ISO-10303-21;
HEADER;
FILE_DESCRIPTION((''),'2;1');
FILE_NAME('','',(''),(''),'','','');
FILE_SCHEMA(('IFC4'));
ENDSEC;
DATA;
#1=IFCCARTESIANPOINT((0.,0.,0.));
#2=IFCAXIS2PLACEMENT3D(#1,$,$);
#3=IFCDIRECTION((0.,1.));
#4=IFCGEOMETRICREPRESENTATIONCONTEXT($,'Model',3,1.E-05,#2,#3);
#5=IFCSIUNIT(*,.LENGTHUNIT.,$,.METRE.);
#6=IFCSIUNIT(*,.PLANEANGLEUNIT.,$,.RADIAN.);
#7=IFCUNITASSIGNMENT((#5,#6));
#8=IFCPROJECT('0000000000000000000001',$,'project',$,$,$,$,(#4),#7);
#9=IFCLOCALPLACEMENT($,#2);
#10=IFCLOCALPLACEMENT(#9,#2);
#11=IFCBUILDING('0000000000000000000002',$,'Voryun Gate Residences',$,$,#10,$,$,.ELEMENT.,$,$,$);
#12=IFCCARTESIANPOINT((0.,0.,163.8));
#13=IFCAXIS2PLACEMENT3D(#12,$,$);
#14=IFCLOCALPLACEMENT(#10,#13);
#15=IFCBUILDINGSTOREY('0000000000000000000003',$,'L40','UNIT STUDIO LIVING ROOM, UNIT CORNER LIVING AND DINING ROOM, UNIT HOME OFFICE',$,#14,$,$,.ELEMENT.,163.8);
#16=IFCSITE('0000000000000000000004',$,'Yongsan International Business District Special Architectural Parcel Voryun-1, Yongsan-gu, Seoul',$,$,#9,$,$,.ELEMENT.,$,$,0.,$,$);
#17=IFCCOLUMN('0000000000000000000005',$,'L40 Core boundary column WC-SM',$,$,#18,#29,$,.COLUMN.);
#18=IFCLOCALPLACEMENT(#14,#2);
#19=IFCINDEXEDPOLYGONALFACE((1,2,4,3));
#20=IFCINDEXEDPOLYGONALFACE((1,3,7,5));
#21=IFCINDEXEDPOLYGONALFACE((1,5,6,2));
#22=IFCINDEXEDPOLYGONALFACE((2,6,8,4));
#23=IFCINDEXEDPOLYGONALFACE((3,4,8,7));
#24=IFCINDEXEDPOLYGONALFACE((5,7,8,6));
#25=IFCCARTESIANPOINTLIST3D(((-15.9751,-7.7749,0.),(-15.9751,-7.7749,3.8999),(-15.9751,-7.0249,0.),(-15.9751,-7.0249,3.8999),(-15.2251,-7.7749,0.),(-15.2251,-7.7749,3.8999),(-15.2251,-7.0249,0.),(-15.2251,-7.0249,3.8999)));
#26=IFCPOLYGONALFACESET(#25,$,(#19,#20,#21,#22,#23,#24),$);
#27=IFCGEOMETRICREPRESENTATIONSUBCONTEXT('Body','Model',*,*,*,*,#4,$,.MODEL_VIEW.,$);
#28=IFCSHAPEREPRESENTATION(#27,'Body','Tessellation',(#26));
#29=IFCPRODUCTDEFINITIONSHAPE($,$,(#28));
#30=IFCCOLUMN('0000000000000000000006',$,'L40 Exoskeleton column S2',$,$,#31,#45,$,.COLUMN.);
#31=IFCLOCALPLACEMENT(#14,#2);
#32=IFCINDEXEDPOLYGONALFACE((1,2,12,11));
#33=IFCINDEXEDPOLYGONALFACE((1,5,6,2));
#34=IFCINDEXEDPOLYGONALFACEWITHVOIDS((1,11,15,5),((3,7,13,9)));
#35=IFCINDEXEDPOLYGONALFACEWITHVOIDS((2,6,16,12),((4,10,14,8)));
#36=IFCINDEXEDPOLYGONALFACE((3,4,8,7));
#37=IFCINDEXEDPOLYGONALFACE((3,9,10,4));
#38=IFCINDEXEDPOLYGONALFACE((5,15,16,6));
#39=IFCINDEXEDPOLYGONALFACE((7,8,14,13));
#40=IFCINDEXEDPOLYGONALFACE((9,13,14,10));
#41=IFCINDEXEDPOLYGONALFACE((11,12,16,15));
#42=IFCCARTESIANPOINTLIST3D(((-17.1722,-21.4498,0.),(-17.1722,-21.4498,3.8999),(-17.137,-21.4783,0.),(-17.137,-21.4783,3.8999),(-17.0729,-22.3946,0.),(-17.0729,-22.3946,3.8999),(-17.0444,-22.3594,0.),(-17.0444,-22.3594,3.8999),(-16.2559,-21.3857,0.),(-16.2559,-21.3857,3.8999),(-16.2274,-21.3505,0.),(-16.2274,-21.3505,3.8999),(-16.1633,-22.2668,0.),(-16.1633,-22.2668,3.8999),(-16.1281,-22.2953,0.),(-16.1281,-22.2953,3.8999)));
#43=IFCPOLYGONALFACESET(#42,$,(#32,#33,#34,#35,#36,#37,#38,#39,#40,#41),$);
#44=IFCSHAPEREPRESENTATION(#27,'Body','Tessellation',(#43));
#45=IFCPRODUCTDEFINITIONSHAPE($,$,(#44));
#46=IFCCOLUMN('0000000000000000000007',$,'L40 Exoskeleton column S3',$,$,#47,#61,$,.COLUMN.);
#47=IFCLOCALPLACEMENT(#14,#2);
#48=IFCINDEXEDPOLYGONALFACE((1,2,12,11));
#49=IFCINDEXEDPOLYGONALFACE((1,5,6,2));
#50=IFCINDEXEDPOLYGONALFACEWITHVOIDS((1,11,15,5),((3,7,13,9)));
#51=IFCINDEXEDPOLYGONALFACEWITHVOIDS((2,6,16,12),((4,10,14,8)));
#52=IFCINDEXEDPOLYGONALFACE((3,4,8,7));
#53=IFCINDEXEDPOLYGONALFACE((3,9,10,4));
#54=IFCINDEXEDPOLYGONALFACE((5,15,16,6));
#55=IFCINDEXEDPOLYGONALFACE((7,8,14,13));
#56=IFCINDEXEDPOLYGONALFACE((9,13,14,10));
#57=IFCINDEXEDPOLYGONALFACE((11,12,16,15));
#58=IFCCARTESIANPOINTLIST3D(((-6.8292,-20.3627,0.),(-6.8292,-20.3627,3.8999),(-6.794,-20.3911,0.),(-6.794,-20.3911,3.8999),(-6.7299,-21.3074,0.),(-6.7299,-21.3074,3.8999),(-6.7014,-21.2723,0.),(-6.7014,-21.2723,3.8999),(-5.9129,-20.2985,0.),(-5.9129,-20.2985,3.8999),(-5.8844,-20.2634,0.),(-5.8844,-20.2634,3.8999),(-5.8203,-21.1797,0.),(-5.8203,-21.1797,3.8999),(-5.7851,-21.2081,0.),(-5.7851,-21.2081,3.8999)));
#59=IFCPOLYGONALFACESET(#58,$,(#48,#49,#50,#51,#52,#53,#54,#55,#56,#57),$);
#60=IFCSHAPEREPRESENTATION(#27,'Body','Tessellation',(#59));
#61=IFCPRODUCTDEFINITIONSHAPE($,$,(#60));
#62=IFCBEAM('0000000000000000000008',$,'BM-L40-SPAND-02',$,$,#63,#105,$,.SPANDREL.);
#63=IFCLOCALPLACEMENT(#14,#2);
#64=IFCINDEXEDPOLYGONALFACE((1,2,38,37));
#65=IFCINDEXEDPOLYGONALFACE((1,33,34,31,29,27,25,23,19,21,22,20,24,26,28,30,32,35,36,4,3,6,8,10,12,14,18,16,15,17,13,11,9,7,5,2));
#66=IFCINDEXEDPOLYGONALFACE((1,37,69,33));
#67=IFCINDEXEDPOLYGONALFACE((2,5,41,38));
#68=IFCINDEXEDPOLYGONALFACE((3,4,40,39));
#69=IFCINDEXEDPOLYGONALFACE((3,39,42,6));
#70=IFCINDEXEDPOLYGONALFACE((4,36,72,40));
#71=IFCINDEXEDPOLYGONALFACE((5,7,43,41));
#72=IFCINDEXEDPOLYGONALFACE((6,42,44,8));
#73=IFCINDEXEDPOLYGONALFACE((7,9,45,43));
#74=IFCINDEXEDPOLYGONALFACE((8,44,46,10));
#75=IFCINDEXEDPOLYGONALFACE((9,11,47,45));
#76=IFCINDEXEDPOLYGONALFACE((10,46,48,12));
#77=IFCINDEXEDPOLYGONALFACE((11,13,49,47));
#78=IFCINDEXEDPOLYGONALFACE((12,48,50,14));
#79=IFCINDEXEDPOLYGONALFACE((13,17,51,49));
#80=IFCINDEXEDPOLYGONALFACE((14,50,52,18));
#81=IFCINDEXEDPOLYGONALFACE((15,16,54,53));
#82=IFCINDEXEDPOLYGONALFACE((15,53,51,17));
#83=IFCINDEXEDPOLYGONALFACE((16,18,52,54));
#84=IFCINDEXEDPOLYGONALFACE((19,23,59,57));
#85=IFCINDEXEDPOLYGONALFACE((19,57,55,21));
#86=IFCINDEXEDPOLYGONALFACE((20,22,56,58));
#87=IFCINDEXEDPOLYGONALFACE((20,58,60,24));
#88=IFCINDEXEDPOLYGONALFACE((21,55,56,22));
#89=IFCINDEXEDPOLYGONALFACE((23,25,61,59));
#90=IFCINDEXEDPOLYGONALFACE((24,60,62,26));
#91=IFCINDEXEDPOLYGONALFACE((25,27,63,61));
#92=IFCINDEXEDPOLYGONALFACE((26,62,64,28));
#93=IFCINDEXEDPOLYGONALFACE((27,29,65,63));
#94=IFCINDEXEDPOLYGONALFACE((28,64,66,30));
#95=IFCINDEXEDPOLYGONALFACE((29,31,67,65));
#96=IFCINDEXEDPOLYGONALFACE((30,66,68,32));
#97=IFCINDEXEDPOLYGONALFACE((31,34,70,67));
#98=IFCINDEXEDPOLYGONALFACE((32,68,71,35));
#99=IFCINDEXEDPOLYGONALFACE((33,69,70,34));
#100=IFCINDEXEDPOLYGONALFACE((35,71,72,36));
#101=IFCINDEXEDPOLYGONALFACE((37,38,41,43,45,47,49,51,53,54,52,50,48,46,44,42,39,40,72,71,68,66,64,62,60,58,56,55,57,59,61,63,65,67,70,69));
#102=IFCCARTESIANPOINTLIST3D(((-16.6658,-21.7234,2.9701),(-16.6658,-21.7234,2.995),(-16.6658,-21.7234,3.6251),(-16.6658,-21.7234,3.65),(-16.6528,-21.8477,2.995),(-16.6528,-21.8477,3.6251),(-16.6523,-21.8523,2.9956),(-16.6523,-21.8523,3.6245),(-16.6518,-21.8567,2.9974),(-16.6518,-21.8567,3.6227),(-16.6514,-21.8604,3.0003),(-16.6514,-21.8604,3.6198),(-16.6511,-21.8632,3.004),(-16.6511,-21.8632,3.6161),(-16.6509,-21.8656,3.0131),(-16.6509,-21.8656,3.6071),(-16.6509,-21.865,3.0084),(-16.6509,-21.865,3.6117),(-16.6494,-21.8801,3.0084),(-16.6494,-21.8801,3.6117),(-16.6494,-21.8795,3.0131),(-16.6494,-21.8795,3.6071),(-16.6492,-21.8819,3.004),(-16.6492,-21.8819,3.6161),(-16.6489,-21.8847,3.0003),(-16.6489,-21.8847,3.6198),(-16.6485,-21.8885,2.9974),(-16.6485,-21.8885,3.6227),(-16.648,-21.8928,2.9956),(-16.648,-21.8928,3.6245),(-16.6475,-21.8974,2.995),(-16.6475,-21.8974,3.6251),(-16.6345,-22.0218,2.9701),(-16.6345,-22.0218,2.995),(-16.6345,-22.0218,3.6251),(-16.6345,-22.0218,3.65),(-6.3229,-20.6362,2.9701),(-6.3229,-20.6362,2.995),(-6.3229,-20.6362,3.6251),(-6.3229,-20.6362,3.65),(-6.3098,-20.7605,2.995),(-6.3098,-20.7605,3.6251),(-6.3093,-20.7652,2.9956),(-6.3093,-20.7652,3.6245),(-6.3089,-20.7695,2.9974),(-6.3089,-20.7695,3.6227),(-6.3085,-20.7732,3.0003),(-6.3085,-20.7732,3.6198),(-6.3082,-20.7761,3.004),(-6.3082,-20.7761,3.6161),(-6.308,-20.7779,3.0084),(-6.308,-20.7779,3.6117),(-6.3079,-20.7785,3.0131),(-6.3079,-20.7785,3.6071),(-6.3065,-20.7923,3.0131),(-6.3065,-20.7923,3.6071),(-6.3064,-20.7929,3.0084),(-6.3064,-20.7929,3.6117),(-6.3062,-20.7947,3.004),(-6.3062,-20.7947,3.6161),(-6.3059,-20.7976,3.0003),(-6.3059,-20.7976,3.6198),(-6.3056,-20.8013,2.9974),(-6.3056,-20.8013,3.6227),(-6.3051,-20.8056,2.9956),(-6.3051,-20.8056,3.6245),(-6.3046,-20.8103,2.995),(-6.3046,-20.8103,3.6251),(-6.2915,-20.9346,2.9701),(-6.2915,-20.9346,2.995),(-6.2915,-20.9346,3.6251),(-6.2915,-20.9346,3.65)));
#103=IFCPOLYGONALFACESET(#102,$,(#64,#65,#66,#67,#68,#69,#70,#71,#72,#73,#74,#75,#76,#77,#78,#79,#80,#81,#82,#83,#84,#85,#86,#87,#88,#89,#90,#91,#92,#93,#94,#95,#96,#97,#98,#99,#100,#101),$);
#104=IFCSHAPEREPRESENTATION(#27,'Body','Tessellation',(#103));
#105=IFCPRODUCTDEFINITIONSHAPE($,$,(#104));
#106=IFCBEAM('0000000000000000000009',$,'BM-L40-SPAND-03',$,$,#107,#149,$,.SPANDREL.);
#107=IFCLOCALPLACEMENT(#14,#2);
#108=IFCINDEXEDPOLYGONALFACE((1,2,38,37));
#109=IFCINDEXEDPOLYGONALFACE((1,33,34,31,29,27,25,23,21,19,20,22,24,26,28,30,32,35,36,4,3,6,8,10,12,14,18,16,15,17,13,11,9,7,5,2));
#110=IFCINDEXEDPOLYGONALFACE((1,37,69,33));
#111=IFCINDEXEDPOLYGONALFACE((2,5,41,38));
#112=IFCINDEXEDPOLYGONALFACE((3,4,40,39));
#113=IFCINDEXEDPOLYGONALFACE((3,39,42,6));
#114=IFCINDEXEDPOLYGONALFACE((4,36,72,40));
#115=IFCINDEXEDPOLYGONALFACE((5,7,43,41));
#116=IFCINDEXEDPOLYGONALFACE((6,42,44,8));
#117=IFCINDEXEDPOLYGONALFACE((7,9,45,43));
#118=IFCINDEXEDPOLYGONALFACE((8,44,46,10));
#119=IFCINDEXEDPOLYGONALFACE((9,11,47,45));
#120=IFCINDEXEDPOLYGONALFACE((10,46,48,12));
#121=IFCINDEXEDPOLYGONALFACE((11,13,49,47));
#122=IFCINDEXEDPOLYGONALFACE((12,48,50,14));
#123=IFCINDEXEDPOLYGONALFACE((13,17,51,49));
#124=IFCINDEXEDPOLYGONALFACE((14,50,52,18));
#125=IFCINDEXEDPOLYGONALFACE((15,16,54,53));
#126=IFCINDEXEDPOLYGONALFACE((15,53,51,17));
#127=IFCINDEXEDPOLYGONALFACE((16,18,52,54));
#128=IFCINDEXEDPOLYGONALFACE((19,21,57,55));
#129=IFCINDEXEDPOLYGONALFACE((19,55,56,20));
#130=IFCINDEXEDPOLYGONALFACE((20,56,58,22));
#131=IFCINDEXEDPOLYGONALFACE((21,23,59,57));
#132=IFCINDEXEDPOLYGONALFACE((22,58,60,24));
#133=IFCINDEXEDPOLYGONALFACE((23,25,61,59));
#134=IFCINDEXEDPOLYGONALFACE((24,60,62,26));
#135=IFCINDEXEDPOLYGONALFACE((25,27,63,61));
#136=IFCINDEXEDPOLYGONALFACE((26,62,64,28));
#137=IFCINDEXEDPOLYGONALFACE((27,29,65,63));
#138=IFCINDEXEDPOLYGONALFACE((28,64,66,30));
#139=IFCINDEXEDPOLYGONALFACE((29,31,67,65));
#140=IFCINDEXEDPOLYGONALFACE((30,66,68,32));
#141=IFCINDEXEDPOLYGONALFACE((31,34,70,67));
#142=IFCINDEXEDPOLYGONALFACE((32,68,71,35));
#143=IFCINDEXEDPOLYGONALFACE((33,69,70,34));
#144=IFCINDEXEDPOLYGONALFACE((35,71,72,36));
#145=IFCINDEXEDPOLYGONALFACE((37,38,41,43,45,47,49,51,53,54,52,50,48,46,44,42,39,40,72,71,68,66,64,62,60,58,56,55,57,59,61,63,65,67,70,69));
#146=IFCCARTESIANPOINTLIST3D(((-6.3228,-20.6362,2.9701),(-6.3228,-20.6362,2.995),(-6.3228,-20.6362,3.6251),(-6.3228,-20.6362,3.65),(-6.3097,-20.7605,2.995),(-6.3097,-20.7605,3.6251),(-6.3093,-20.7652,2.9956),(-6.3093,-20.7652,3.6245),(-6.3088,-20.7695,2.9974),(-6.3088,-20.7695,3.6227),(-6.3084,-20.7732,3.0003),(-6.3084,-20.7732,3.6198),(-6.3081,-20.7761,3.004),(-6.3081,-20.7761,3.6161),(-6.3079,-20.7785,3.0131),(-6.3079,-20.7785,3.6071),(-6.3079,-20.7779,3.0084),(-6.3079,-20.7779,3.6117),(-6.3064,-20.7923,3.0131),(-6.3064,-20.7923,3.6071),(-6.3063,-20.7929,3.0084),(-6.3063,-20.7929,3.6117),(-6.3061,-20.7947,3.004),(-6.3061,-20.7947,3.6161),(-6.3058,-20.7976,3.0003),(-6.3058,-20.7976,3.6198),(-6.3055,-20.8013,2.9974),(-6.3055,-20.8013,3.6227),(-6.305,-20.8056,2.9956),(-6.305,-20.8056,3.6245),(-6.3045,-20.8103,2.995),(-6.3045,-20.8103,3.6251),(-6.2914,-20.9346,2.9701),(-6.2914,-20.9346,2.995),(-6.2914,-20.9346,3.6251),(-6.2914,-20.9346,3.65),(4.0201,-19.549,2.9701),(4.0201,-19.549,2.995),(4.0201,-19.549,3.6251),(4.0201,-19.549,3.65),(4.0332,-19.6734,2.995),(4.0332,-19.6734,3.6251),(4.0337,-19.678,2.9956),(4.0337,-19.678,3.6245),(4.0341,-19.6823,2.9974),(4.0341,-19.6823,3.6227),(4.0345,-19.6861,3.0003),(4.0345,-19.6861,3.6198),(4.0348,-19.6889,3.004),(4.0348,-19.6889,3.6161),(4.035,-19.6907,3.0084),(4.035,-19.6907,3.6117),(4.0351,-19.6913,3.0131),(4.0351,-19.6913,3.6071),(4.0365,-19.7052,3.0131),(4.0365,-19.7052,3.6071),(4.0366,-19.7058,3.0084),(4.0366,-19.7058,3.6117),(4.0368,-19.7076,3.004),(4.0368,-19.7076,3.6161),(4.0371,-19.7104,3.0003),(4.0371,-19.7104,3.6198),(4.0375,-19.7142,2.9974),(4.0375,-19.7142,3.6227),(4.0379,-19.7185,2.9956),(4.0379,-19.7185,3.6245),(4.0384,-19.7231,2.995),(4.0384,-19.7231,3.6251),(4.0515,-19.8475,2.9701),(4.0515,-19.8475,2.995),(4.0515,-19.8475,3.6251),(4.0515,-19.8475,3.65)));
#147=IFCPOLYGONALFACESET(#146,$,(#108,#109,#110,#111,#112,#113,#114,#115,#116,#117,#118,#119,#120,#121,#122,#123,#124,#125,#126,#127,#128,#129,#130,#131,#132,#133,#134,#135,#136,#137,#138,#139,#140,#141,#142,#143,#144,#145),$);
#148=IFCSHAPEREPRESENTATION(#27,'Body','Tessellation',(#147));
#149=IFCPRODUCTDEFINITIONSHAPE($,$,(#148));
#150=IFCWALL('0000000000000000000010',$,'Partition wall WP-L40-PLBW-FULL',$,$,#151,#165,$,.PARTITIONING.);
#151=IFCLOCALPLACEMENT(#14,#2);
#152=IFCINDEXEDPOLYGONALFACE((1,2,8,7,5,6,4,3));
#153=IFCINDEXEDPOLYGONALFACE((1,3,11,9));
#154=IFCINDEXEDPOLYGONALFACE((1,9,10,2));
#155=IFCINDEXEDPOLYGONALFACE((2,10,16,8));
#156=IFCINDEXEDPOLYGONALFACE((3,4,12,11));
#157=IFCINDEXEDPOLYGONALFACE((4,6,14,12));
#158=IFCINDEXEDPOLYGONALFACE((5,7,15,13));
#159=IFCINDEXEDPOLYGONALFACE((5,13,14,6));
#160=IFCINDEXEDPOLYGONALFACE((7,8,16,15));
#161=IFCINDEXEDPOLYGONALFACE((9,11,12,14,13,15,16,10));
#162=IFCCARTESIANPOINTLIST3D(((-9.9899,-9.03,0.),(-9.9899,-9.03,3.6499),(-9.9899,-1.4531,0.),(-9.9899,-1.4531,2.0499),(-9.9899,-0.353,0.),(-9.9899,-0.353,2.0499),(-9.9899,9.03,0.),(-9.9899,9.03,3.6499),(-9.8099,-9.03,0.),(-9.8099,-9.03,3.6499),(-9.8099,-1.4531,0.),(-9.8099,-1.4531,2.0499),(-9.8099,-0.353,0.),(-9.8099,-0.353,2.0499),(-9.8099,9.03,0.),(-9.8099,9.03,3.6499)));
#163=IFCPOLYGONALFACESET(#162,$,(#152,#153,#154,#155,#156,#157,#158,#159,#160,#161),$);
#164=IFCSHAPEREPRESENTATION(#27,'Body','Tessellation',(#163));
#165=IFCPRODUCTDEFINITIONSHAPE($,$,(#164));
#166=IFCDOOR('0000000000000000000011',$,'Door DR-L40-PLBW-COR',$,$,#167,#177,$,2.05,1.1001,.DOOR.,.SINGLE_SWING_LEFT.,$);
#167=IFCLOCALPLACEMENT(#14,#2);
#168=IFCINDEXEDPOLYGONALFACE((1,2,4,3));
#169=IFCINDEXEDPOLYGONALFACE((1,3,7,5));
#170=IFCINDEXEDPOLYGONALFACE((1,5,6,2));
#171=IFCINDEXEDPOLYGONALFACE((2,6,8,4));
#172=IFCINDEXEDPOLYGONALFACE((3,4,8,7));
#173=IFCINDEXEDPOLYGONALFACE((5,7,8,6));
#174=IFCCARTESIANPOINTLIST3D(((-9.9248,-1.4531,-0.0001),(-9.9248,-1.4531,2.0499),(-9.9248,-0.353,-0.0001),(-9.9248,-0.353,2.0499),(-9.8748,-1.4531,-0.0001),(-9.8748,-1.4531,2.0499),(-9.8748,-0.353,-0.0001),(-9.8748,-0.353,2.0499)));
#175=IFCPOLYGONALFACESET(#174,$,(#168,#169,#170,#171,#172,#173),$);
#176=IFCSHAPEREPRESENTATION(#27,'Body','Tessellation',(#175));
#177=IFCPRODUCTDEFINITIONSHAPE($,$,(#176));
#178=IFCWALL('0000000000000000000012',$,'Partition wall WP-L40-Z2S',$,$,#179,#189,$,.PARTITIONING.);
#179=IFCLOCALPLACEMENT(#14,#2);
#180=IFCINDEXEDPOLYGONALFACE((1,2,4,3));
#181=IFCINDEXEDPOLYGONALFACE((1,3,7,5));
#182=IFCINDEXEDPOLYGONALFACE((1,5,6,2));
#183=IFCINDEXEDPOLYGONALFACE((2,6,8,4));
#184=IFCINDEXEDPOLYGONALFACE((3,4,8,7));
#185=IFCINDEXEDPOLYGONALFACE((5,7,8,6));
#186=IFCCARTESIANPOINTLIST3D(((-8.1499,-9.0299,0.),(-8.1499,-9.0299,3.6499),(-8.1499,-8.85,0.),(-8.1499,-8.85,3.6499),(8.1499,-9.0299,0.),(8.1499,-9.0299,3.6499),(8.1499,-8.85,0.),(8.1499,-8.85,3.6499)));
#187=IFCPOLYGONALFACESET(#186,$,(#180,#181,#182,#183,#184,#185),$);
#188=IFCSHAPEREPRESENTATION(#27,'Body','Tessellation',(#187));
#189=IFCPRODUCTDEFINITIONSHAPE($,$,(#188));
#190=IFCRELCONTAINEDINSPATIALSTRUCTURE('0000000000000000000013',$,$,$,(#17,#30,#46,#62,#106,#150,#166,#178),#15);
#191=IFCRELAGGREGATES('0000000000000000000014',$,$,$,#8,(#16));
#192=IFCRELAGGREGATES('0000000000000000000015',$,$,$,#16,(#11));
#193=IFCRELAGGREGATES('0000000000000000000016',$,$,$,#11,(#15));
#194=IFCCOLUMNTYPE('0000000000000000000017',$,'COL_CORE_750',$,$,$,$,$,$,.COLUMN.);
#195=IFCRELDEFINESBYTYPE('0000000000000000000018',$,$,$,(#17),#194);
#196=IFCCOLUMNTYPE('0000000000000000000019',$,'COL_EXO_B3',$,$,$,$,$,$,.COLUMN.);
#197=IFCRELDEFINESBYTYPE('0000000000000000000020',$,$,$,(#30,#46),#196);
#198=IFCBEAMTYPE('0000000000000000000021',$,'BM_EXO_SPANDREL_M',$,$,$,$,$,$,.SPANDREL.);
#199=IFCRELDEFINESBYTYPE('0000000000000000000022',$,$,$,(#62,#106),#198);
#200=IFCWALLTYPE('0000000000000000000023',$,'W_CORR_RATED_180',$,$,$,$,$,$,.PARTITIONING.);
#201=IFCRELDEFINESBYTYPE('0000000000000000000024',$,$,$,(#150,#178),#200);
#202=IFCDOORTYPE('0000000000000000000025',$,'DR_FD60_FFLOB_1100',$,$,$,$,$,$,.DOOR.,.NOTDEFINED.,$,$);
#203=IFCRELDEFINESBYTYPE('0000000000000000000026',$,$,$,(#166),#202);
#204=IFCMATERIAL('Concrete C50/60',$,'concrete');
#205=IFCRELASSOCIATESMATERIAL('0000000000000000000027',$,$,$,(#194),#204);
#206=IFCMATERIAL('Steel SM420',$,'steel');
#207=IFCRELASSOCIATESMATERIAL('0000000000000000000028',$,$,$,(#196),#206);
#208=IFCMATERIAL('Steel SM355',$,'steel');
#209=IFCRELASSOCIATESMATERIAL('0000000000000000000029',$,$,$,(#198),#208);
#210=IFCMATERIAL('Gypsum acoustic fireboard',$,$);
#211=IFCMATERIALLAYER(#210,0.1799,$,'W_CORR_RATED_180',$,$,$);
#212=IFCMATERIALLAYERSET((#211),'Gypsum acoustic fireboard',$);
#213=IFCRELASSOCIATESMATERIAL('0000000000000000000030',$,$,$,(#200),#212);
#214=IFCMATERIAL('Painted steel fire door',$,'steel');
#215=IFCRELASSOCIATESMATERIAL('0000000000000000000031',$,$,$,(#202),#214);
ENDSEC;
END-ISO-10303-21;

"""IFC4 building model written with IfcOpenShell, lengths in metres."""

from ifc_helpers import new_model, si_unit, direction, frame, frame_2d, origin, origin_2d, place, context, subcontext, project, spatial, rectangle, hollow_rectangle, i_section, extrude, material, layer, layer_set, material_profile, profile_set, type_object, element, fill, save


model = new_model("IFC4")

# Units and contexts
model_context = context("Model", 3, precision=1e-05, world=origin(), true_north=direction((0.0, 1.0)))
body_context = subcontext(model_context, "Body", "Model", "MODEL_VIEW")
ifc_project = project(units=[si_unit("LENGTHUNIT", "METRE"), si_unit("PLANEANGLEUNIT", "RADIAN")], contexts=[model_context])

# Site, building, storey
site_placement = place(None, origin())
site = spatial("IfcSite", under=ifc_project, at=site_placement, Name="Yongsan International Business District Special Architectural Parcel Voryun-1, Yongsan-gu, Seoul", CompositionType="ELEMENT", RefElevation=0.0)
building_placement = place(site_placement, origin())
building = spatial("IfcBuilding", under=site, at=building_placement, Name="Voryun Gate Residences", CompositionType="ELEMENT")
storey_placement = place(building_placement, frame((0.0, 0.0, 163.8)))
storey = spatial("IfcBuildingStorey", under=building, at=storey_placement, Name="L40", Description="UNIT STUDIO LIVING ROOM, UNIT CORNER LIVING AND DINING ROOM, UNIT HOME OFFICE", CompositionType="ELEMENT", Elevation=163.8)

# Columns
ifc_material_1 = material(Name="Concrete C50/60", Category="concrete")
ifc_material_profile_1 = material_profile(ifc_material_1, rectangle(XDim=0.75, YDim=0.75, at=origin_2d()), Name="RC-750x750")
ifc_profile_set_1 = profile_set([ifc_material_profile_1], Name="Concrete C50/60")
column_type_1 = type_object("IfcColumnType", Name="COL_CORE_750", PredefinedType="COLUMN", material=ifc_profile_set_1)
column_placement = place(storey_placement, frame((-15.6001, -7.3999, 0.0), z_axis=(0.0, 0.0, 1.0), x_axis=(1.0, 0.0, 0.0)))
element("IfcColumn", 1, at=column_placement, inside=storey, type_object=column_type_1, Name="L40 Core boundary column WC-SM", PredefinedType="COLUMN", context=body_context, shape_type="SweptSolid", body=[
    extrude(rectangle(XDim=0.75, YDim=0.75, at=origin_2d()), origin(), (0.0, 0.0, 1.0), 3.8999),
])
ifc_material_2 = material(Name="Steel SM420", Category="steel")
ifc_material_profile_2 = material_profile(ifc_material_2, hollow_rectangle(XDim=0.95, YDim=0.95, WallThickness=0.032, at=origin_2d()), Name="BOX-950x950x32")
ifc_profile_set_2 = profile_set([ifc_material_profile_2], Name="Steel SM420")
column_type_2 = type_object("IfcColumnType", Name="COL_EXO_B3", PredefinedType="COLUMN", material=ifc_profile_set_2)
for number, where, z_axis, x_axis, name in (
    (2, (-16.6501, -21.8726, 0.0), (0.0, 0.0, 1.0), (0.994522, 0.104528, 0.0), "L40 Exoskeleton column S2"),
    (3, (-6.3071, -20.7854, 0.0), (0.0, 0.0, 1.0), (0.994522, 0.104528, 0.0), "L40 Exoskeleton column S3"),
):
    element("IfcColumn", number, at=place(storey_placement, frame(where, z_axis=z_axis, x_axis=x_axis)), inside=storey, type_object=column_type_2, Name=name, PredefinedType="COLUMN", context=body_context, shape_type="SweptSolid", body=[
        extrude(hollow_rectangle(XDim=0.95, YDim=0.95, WallThickness=0.032, at=origin_2d()), origin(), (0.0, 0.0, 1.0), 3.8999),
    ])

# Beams
ifc_material_3 = material(Name="Steel SM355", Category="steel")
ifc_material_profile_3 = material_profile(ifc_material_3, i_section(OverallWidth=0.3, OverallDepth=0.6799, WebThickness=0.0139, FlangeThickness=0.0249, FilletRadius=0.0181, at=origin_2d()), Name="H-680x300x14x25")
ifc_profile_set_3 = profile_set([ifc_material_profile_3], Name="Steel SM355")
beam_type = type_object("IfcBeamType", Name="BM_EXO_SPANDREL_M", PredefinedType="SPANDREL", material=ifc_profile_set_3)
for number, where, z_axis, x_axis, name in (
    (4, (-16.6501, -21.8726, 3.3101), (0.994521, 0.104534, 0.0), (-0.104534, 0.994521, 0.0), "BM-L40-SPAND-02"),
    (5, (-6.3071, -20.7854, 3.3101), (0.994521, 0.104534, 0.0), (-0.104534, 0.994521, 0.0), "BM-L40-SPAND-03"),
):
    element("IfcBeam", number, at=place(storey_placement, frame(where, z_axis=z_axis, x_axis=x_axis)), inside=storey, type_object=beam_type, Name=name, PredefinedType="SPANDREL", context=body_context, shape_type="SweptSolid", body=[
        extrude(i_section(OverallWidth=0.3, OverallDepth=0.6799, WebThickness=0.0139, FlangeThickness=0.0249, FilletRadius=0.0181, at=origin_2d()), origin(), (0.0, 0.0, 1.0), 10.3999),
    ])

# Wall, opening, door
ifc_material_4 = material(Name="Gypsum acoustic fireboard")
ifc_layer_1 = layer(ifc_material_4, 0.1799, Name="W_CORR_RATED_180")
ifc_layer_set_1 = layer_set([ifc_layer_1], Name="Gypsum acoustic fireboard")
wall_type_1 = type_object("IfcWallType", Name="W_CORR_RATED_180", PredefinedType="PARTITIONING", material=ifc_layer_set_1)
wall_1_placement = place(storey_placement, frame((-9.8999, -9.03, 0.0), z_axis=(0.0, 0.0, 1.0), x_axis=(0.0, 1.0, 0.0)))
wall_1 = element("IfcWall", 6, at=wall_1_placement, inside=storey, type_object=wall_type_1, Name="Partition wall WP-L40-PLBW-FULL", PredefinedType="PARTITIONING", context=body_context, shape_type="SweptSolid", body=[
    extrude(rectangle(XDim=18.0601, YDim=0.1799, at=frame_2d((9.03, 0.0))), origin(), (0.0, 0.0, 1.0), 3.6499),
])
opening_1_placement = place(wall_1_placement, frame((7.5769, 0.0, 0.0)))
opening_1 = element("IfcOpeningElement", 7, at=opening_1_placement, cuts=wall_1, PredefinedType="OPENING", context=body_context, shape_type="SweptSolid", body=[
    extrude(rectangle(XDim=1.1001, YDim=2.05, at=frame_2d((0.55, 1.0249))), frame((0.0, 0.0999, 0.0), z_axis=(0.0, -1.0, 0.0), x_axis=(1.0, 0.0, 0.0)), (0.0, 0.0, 1.0), 0.2),
])
ifc_material_5 = material(Name="Painted steel fire door", Category="steel")
door_type_1 = type_object("IfcDoorType", Name="DR_FD60_FFLOB_1100", OperationType="NOTDEFINED", PredefinedType="DOOR", material=ifc_material_5)
door_1_placement = place(opening_1_placement, origin())
door_1 = element("IfcDoor", 8, at=door_1_placement, inside=storey, type_object=door_type_1, Name="Door DR-L40-PLBW-COR", OperationType="SINGLE_SWING_LEFT", OverallHeight=2.05, OverallWidth=1.1001, PredefinedType="DOOR", context=body_context, shape_type="SweptSolid", body=[
    extrude(rectangle(XDim=1.1001, YDim=2.05, at=frame_2d((0.55, 1.0249))), frame((0.0, 0.0249, 0.0), z_axis=(0.0, -1.0, 0.0), x_axis=(1.0, 0.0, 0.0)), (0.0, 0.0, 1.0), 0.05),
])
fill(opening_1, door_1)

# Wall
wall_2_placement = place(storey_placement, frame((-8.1499, -8.9399, 0.0), z_axis=(0.0, 0.0, 1.0), x_axis=(1.0, 0.0, 0.0)))
element("IfcWall", 9, at=wall_2_placement, inside=storey, type_object=wall_type_1, Name="Partition wall WP-L40-Z2S", PredefinedType="PARTITIONING", context=body_context, shape_type="SweptSolid", body=[
    extrude(rectangle(XDim=16.2998, YDim=0.1799, at=frame_2d((8.1499, 0.0))), origin(), (0.0, 0.0, 1.0), 3.6499),
])

save(model, "model.ifc")
